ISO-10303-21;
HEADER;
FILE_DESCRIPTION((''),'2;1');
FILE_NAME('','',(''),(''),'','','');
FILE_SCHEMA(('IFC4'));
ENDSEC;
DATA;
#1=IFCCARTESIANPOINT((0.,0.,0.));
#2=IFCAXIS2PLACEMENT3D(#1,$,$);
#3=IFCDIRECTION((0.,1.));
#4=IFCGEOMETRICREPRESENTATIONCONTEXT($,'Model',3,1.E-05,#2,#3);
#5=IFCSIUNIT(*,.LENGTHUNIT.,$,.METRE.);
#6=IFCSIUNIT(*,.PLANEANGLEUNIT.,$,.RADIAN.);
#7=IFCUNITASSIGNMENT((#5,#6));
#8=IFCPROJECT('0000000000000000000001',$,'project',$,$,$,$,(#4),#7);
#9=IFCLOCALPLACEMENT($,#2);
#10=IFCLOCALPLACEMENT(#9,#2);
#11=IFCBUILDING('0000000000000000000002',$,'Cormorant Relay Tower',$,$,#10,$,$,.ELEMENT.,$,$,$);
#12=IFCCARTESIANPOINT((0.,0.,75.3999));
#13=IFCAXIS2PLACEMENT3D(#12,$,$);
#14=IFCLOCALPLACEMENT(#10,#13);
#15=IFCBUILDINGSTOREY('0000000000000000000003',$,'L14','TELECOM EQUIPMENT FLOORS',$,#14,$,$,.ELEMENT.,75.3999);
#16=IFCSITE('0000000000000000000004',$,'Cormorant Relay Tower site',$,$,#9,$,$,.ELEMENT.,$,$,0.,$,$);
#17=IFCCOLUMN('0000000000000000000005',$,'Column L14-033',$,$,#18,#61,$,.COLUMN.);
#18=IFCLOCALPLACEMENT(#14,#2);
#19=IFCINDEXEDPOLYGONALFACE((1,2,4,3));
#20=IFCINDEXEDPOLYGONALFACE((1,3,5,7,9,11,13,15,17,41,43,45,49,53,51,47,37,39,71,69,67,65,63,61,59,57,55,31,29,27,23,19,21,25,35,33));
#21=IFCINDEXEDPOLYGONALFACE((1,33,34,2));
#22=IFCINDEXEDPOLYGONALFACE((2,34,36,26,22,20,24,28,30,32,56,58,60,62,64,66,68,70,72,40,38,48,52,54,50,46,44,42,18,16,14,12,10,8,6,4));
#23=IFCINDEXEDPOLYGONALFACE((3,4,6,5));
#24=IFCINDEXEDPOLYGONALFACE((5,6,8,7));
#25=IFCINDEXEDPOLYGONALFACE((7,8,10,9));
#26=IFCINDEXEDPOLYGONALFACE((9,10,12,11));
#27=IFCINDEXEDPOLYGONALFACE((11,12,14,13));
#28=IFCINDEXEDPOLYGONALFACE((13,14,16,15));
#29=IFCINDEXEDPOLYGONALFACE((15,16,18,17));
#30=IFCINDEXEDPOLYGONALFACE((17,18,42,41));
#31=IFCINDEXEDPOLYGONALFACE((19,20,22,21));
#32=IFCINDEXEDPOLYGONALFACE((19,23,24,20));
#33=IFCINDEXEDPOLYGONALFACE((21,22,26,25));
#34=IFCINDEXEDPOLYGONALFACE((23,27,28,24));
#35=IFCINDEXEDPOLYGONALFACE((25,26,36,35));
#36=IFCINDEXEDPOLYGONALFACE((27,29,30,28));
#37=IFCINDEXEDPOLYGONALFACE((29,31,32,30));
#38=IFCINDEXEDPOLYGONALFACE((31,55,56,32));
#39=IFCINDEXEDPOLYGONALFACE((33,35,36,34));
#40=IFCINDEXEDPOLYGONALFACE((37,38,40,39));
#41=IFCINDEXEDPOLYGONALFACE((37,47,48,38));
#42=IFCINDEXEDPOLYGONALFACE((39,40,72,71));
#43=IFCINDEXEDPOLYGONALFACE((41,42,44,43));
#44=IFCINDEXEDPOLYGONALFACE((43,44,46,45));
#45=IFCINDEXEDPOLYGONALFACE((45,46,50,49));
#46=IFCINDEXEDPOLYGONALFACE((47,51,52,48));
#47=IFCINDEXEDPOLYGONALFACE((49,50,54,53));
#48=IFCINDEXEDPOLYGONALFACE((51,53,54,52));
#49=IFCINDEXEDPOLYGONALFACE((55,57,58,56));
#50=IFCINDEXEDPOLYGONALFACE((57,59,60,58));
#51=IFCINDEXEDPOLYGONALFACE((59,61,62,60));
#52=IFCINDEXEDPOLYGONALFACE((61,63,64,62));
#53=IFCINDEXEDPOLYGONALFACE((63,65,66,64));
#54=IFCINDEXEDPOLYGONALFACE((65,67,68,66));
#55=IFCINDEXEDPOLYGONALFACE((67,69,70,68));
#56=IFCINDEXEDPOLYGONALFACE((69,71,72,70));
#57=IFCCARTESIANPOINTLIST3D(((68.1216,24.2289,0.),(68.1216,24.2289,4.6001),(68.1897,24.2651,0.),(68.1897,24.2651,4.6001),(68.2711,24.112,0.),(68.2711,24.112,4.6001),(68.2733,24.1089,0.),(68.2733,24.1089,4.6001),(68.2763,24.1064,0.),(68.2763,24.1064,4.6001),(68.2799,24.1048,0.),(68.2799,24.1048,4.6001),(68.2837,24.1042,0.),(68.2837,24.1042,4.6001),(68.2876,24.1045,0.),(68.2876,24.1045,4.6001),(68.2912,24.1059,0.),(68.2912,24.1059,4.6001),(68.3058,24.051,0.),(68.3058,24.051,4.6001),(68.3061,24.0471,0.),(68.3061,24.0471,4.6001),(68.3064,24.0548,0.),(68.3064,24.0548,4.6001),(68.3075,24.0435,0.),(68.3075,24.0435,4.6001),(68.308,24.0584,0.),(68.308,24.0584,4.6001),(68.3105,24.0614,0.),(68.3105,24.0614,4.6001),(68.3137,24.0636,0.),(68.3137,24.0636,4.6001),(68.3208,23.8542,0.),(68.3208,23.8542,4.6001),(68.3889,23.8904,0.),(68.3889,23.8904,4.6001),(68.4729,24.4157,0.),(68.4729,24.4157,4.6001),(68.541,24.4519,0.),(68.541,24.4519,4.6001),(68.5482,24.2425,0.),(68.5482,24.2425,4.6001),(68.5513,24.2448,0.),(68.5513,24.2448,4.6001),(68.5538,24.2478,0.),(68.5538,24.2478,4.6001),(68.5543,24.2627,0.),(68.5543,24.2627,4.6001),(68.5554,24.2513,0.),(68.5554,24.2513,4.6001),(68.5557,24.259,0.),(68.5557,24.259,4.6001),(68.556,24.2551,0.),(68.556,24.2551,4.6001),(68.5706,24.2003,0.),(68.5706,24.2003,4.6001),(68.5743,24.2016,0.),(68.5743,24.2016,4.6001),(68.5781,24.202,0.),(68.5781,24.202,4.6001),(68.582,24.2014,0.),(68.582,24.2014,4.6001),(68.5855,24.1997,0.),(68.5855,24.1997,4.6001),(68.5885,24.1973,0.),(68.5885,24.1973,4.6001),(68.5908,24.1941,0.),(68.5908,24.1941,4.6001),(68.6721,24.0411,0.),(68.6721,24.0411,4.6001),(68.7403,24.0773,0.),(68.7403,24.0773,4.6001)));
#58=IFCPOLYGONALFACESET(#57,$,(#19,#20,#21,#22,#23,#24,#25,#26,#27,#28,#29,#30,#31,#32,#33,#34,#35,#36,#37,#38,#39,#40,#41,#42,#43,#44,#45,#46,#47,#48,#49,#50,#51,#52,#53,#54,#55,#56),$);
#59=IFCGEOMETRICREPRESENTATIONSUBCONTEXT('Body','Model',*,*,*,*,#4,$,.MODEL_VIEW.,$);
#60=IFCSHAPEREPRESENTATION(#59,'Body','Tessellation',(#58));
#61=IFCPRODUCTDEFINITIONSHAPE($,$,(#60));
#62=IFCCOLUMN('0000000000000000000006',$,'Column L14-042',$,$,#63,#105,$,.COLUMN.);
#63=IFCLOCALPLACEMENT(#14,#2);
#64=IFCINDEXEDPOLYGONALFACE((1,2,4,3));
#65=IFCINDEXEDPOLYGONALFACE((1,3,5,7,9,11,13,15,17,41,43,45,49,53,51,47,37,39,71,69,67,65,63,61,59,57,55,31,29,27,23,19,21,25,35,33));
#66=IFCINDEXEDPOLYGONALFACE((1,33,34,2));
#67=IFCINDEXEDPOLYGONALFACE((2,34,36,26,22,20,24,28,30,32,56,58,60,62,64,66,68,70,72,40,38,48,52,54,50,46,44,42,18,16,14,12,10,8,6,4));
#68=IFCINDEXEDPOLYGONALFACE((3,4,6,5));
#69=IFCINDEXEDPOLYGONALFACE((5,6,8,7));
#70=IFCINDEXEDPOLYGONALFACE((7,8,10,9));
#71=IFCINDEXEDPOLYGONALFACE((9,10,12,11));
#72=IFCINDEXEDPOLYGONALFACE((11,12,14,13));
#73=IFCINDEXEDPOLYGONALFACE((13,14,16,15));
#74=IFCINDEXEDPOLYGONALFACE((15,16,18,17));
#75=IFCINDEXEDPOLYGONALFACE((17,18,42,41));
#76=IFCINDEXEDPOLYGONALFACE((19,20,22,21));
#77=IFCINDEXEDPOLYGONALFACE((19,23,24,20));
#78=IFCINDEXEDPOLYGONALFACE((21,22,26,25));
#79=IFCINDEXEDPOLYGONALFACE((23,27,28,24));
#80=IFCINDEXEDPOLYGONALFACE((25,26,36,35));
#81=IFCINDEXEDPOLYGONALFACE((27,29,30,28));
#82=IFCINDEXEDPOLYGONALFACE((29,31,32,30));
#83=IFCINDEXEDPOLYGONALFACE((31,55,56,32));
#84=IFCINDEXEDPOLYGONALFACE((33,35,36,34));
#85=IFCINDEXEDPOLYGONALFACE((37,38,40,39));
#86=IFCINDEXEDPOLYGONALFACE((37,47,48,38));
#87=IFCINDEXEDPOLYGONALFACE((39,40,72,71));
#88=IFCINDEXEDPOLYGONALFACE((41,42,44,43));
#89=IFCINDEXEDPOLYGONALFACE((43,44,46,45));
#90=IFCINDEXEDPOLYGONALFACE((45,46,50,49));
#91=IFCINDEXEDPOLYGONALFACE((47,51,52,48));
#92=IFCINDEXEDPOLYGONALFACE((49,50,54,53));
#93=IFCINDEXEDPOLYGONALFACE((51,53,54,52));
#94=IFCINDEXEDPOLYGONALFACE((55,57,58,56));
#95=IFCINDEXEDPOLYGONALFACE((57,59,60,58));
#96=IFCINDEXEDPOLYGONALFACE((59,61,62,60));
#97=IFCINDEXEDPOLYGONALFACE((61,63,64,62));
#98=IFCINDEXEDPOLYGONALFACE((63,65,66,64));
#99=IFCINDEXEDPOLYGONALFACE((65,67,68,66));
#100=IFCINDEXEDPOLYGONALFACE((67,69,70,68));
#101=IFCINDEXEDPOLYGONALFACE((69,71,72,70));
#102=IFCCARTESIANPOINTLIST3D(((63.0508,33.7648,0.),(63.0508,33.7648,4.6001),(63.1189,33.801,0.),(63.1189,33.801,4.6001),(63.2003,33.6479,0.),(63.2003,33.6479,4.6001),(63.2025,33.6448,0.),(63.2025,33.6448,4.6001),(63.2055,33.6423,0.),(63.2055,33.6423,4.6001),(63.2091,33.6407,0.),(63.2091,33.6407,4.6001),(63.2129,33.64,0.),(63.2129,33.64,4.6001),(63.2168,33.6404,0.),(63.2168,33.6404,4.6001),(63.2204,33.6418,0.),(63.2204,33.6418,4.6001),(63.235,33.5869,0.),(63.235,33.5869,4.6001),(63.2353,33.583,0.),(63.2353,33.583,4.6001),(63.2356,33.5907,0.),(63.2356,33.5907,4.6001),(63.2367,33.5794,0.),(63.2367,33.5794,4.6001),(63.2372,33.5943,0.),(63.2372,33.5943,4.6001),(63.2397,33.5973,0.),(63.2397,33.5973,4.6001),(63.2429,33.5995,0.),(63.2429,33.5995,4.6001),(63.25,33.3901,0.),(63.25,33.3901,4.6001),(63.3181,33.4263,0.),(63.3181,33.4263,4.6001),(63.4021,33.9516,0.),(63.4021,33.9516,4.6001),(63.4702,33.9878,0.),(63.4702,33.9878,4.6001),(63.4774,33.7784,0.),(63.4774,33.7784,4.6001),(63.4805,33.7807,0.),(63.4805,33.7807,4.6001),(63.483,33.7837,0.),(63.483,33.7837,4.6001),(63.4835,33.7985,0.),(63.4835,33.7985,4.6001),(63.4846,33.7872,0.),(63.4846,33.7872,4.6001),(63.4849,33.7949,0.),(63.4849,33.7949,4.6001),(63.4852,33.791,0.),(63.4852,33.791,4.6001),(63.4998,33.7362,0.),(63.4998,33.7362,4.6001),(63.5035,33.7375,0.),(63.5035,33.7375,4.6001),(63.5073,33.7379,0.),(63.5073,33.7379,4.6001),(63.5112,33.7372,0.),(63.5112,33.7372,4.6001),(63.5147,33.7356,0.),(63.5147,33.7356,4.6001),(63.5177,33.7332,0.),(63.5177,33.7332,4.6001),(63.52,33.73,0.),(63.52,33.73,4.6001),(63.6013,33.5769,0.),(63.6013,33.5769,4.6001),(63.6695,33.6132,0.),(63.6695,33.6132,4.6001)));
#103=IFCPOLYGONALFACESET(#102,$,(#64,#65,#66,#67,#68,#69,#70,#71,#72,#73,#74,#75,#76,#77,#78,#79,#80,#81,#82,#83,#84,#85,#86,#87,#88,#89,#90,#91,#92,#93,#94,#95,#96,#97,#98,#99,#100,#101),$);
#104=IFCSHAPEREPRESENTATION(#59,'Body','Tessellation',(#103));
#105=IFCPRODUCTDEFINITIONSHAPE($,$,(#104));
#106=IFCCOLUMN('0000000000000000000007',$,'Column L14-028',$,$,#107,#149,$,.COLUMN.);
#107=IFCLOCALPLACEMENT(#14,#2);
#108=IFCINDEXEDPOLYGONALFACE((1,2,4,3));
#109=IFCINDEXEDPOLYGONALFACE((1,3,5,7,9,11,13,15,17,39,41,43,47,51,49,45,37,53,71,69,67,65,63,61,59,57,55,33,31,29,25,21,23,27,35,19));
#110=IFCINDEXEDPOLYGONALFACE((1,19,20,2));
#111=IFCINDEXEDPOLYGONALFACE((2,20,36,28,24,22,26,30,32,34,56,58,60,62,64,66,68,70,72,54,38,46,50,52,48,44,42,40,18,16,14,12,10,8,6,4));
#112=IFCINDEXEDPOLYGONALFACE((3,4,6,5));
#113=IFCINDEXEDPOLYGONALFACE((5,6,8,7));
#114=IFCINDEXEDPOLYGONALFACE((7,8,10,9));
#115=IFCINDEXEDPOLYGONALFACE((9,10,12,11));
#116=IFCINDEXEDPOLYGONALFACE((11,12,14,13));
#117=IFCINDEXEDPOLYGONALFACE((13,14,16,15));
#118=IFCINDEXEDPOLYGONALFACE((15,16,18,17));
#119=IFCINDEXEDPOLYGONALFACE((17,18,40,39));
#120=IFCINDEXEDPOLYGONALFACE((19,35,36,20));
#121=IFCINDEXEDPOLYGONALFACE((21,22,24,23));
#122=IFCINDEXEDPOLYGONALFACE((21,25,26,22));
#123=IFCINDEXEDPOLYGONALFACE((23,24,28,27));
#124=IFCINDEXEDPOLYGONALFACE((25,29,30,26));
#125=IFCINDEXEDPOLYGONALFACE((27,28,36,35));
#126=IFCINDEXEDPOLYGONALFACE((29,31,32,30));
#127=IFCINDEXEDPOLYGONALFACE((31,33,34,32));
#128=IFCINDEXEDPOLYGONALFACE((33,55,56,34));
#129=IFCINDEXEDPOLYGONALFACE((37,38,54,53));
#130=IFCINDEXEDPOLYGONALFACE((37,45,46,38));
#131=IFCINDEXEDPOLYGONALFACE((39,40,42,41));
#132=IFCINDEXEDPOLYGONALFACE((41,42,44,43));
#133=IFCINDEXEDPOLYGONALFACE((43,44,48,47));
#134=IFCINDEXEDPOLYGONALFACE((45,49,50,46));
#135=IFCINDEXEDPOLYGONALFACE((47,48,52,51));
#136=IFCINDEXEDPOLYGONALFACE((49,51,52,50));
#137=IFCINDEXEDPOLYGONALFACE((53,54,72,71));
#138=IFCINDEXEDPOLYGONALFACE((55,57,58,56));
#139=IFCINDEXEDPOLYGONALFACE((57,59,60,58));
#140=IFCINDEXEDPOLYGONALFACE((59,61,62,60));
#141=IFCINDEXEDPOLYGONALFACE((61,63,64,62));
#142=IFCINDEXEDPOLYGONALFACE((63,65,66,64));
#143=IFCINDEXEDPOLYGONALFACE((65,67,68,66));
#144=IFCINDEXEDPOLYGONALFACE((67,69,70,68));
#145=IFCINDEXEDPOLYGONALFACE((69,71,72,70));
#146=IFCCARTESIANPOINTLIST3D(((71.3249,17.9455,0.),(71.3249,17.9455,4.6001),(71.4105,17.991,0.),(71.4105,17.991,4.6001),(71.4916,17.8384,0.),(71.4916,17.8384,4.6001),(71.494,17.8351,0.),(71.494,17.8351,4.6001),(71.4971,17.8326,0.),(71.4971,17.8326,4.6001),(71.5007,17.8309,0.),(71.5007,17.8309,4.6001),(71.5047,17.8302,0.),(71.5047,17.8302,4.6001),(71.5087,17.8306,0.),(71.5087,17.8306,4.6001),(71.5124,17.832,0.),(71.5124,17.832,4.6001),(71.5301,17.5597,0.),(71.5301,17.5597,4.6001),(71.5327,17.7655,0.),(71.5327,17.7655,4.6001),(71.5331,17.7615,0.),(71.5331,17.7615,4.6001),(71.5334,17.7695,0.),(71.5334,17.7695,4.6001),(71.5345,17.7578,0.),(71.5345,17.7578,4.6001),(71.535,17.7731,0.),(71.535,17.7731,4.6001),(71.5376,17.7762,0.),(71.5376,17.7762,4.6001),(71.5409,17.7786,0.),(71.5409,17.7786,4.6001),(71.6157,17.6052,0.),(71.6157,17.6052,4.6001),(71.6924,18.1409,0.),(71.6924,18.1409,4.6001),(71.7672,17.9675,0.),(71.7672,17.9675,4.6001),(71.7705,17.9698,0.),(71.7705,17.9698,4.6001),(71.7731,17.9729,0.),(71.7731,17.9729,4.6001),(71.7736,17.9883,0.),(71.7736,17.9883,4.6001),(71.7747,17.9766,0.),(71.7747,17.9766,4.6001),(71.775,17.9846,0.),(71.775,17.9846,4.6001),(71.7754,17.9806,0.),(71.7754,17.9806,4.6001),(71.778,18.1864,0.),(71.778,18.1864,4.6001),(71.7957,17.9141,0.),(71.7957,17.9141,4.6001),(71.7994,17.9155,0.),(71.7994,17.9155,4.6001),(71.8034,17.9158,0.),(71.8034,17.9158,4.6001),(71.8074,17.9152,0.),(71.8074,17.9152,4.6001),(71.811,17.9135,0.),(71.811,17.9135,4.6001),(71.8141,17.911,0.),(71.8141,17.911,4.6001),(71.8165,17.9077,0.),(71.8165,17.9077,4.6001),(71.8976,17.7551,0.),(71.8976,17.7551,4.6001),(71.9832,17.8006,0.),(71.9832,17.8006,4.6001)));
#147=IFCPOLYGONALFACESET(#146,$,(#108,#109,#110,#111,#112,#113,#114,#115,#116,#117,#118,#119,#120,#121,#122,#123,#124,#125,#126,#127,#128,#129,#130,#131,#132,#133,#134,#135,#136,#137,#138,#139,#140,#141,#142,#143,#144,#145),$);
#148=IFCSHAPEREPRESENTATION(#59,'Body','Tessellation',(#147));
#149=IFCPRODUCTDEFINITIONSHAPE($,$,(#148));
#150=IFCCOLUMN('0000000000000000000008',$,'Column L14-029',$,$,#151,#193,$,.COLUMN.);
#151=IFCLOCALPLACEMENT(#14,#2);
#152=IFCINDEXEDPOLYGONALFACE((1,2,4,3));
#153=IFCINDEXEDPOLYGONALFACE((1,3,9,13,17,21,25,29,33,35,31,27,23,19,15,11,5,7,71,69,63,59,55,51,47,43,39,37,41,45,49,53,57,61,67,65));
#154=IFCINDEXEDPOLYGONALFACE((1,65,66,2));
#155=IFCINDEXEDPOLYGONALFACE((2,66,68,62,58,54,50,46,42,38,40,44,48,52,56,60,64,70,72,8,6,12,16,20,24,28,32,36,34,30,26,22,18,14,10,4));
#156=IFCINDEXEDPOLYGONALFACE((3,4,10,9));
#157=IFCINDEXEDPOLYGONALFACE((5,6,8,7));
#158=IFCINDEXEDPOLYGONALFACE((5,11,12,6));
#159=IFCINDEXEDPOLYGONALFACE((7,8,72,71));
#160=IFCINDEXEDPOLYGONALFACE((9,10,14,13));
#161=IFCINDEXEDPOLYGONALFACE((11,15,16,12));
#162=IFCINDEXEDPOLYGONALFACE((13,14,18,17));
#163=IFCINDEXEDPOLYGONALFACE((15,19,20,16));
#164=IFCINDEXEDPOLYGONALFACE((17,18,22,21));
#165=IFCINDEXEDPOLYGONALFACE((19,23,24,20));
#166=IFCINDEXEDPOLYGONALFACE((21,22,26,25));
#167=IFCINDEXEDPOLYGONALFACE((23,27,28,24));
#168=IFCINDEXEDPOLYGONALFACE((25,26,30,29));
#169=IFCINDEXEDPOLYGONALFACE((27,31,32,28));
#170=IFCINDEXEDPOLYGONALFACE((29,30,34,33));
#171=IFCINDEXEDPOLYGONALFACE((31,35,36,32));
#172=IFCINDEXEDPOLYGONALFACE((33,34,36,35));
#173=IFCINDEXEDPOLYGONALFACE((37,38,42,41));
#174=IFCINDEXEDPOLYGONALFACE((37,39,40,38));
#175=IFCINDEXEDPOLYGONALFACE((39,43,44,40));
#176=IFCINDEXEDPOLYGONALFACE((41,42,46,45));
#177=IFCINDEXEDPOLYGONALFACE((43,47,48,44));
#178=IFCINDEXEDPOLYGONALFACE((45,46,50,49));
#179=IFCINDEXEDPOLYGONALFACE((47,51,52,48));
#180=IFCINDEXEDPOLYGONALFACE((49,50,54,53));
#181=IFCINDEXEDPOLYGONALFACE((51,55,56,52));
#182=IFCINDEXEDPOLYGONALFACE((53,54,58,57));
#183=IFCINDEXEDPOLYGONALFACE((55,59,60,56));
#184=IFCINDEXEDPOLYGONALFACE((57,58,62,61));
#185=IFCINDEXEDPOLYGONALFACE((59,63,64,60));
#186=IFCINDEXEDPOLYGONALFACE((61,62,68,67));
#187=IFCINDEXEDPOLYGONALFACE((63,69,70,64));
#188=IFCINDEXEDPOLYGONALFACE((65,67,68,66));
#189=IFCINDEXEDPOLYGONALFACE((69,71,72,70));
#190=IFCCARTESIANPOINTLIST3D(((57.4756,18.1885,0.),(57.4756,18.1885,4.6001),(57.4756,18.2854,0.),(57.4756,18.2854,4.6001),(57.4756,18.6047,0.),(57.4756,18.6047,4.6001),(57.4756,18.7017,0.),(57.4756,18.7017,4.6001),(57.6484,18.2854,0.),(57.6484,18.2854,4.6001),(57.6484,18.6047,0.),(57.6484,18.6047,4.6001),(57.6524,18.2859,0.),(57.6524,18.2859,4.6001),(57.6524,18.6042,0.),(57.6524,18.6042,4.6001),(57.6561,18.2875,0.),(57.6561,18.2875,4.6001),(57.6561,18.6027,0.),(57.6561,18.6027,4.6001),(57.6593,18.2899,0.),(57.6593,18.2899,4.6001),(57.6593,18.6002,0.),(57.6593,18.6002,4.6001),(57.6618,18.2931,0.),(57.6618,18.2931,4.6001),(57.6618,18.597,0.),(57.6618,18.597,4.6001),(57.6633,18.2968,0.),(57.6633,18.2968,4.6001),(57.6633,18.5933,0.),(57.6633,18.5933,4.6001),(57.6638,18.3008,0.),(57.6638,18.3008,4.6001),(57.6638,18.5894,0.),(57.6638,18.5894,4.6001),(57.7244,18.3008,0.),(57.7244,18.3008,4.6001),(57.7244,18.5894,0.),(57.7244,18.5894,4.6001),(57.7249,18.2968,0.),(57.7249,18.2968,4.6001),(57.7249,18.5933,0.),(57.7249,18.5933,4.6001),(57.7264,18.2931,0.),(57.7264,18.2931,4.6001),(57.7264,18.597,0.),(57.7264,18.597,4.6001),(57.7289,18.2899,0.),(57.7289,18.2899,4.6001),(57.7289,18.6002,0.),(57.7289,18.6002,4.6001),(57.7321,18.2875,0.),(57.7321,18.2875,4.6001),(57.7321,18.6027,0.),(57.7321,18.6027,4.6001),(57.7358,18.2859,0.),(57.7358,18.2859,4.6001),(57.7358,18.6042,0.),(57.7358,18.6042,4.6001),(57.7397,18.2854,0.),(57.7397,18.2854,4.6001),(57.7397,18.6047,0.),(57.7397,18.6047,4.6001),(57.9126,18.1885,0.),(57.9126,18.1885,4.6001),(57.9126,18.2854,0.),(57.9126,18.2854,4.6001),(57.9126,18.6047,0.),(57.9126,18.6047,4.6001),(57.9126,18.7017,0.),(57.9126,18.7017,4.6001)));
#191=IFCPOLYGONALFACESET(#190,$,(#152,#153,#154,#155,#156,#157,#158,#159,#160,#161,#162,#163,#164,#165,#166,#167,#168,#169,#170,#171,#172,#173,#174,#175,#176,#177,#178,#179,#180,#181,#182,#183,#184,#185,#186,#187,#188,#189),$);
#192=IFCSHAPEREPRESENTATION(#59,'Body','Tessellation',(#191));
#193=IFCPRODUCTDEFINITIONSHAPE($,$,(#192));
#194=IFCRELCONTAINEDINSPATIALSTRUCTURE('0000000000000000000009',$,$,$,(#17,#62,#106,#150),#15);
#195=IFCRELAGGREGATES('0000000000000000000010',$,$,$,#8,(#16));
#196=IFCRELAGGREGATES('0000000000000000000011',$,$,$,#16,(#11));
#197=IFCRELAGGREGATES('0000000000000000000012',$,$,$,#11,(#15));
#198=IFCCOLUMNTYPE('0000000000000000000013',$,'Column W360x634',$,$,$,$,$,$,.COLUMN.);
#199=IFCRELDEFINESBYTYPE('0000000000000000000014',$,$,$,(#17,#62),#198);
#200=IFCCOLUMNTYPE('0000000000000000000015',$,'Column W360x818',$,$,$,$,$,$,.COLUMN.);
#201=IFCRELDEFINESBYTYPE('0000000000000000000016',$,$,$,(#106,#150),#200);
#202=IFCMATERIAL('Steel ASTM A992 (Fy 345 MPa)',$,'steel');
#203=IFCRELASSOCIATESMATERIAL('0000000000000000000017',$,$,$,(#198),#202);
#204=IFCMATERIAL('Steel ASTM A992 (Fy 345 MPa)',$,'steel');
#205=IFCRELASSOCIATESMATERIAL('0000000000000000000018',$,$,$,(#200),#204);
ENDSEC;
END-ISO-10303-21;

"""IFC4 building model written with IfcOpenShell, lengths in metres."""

from ifc_helpers import new_model, si_unit, direction, frame, origin, origin_2d, place, context, subcontext, project, spatial, i_section, extrude, material, material_profile, profile_set, type_object, element, save


model = new_model("IFC4")

# Units and contexts
model_context = context("Model", 3, precision=1e-05, world=origin(), true_north=direction((0.0, 1.0)))
body_context = subcontext(model_context, "Body", "Model", "MODEL_VIEW")
ifc_project = project(units=[si_unit("LENGTHUNIT", "METRE"), si_unit("PLANEANGLEUNIT", "RADIAN")], contexts=[model_context])

# Site, building, storey
site_placement = place(None, origin())
site = spatial("IfcSite", under=ifc_project, at=site_placement, Name="Cormorant Relay Tower site", CompositionType="ELEMENT", RefElevation=0.0)
building_placement = place(site_placement, origin())
building = spatial("IfcBuilding", under=site, at=building_placement, Name="Cormorant Relay Tower", CompositionType="ELEMENT")
storey_placement = place(building_placement, frame((0.0, 0.0, 75.3999)))
storey = spatial("IfcBuildingStorey", under=building, at=storey_placement, Name="L14", Description="TELECOM EQUIPMENT FLOORS", CompositionType="ELEMENT", Elevation=75.3999)

# Columns
ifc_material_1 = material(Name="Steel ASTM A992 (Fy 345 MPa)", Category="steel")
ifc_material_profile_1 = material_profile(ifc_material_1, i_section(OverallWidth=0.4243, OverallDepth=0.4751, WebThickness=0.0479, FlangeThickness=0.0771, FilletRadius=0.0149, at=origin_2d()), Name="W360x634")
ifc_profile_set_1 = profile_set([ifc_material_profile_1], Name="Steel ASTM A992 (Fy 345 MPa)")
column_type_1 = type_object("IfcColumnType", Name="Column W360x634", PredefinedType="COLUMN", material=ifc_profile_set_1)
for number, where, z_axis, x_axis, name in (
    (1, (68.4309, 24.1531, 0.0), (0.0, 0.0, 1.0), (-0.469472, 0.882948, 0.0), "Column L14-033"),
    (2, (63.3601, 33.689, 0.0), (0.0, 0.0, 1.0), (-0.469472, 0.882948, 0.0), "Column L14-042"),
):
    element("IfcColumn", number, at=place(storey_placement, frame(where, z_axis=z_axis, x_axis=x_axis)), inside=storey, type_object=column_type_1, Name=name, PredefinedType="COLUMN", context=body_context, shape_type="SweptSolid", body=[
        extrude(i_section(OverallWidth=0.4243, OverallDepth=0.4751, WebThickness=0.0479, FlangeThickness=0.0771, FilletRadius=0.0149, at=origin_2d()), origin(), (0.0, 0.0, 1.0), 4.6001),
    ])
ifc_material_2 = material(Name="Steel ASTM A992 (Fy 345 MPa)", Category="steel")
ifc_material_profile_2 = material_profile(ifc_material_2, i_section(OverallWidth=0.437, OverallDepth=0.5132, WebThickness=0.0605, FlangeThickness=0.0969, FilletRadius=0.0154, at=origin_2d()), Name="W360x818")
ifc_profile_set_2 = profile_set([ifc_material_profile_2], Name="Steel ASTM A992 (Fy 345 MPa)")
column_type_2 = type_object("IfcColumnType", Name="Column W360x818", PredefinedType="COLUMN", material=ifc_profile_set_2)
for number, where, z_axis, x_axis, name in (
    (3, (71.6541, 17.873, 0.0), (0.0, 0.0, 1.0), (-0.469472, 0.882948, 0.0), "Column L14-028"),
    (4, (57.6941, 18.4451, 0.0), (0.0, 0.0, 1.0), (1.0, 0.0, 0.0), "Column L14-029"),
):
    element("IfcColumn", number, at=place(storey_placement, frame(where, z_axis=z_axis, x_axis=x_axis)), inside=storey, type_object=column_type_2, Name=name, PredefinedType="COLUMN", context=body_context, shape_type="SweptSolid", body=[
        extrude(i_section(OverallWidth=0.437, OverallDepth=0.5132, WebThickness=0.0605, FlangeThickness=0.0969, FilletRadius=0.0154, at=origin_2d()), origin(), (0.0, 0.0, 1.0), 4.6001),
    ])

save(model, "model.ifc")
